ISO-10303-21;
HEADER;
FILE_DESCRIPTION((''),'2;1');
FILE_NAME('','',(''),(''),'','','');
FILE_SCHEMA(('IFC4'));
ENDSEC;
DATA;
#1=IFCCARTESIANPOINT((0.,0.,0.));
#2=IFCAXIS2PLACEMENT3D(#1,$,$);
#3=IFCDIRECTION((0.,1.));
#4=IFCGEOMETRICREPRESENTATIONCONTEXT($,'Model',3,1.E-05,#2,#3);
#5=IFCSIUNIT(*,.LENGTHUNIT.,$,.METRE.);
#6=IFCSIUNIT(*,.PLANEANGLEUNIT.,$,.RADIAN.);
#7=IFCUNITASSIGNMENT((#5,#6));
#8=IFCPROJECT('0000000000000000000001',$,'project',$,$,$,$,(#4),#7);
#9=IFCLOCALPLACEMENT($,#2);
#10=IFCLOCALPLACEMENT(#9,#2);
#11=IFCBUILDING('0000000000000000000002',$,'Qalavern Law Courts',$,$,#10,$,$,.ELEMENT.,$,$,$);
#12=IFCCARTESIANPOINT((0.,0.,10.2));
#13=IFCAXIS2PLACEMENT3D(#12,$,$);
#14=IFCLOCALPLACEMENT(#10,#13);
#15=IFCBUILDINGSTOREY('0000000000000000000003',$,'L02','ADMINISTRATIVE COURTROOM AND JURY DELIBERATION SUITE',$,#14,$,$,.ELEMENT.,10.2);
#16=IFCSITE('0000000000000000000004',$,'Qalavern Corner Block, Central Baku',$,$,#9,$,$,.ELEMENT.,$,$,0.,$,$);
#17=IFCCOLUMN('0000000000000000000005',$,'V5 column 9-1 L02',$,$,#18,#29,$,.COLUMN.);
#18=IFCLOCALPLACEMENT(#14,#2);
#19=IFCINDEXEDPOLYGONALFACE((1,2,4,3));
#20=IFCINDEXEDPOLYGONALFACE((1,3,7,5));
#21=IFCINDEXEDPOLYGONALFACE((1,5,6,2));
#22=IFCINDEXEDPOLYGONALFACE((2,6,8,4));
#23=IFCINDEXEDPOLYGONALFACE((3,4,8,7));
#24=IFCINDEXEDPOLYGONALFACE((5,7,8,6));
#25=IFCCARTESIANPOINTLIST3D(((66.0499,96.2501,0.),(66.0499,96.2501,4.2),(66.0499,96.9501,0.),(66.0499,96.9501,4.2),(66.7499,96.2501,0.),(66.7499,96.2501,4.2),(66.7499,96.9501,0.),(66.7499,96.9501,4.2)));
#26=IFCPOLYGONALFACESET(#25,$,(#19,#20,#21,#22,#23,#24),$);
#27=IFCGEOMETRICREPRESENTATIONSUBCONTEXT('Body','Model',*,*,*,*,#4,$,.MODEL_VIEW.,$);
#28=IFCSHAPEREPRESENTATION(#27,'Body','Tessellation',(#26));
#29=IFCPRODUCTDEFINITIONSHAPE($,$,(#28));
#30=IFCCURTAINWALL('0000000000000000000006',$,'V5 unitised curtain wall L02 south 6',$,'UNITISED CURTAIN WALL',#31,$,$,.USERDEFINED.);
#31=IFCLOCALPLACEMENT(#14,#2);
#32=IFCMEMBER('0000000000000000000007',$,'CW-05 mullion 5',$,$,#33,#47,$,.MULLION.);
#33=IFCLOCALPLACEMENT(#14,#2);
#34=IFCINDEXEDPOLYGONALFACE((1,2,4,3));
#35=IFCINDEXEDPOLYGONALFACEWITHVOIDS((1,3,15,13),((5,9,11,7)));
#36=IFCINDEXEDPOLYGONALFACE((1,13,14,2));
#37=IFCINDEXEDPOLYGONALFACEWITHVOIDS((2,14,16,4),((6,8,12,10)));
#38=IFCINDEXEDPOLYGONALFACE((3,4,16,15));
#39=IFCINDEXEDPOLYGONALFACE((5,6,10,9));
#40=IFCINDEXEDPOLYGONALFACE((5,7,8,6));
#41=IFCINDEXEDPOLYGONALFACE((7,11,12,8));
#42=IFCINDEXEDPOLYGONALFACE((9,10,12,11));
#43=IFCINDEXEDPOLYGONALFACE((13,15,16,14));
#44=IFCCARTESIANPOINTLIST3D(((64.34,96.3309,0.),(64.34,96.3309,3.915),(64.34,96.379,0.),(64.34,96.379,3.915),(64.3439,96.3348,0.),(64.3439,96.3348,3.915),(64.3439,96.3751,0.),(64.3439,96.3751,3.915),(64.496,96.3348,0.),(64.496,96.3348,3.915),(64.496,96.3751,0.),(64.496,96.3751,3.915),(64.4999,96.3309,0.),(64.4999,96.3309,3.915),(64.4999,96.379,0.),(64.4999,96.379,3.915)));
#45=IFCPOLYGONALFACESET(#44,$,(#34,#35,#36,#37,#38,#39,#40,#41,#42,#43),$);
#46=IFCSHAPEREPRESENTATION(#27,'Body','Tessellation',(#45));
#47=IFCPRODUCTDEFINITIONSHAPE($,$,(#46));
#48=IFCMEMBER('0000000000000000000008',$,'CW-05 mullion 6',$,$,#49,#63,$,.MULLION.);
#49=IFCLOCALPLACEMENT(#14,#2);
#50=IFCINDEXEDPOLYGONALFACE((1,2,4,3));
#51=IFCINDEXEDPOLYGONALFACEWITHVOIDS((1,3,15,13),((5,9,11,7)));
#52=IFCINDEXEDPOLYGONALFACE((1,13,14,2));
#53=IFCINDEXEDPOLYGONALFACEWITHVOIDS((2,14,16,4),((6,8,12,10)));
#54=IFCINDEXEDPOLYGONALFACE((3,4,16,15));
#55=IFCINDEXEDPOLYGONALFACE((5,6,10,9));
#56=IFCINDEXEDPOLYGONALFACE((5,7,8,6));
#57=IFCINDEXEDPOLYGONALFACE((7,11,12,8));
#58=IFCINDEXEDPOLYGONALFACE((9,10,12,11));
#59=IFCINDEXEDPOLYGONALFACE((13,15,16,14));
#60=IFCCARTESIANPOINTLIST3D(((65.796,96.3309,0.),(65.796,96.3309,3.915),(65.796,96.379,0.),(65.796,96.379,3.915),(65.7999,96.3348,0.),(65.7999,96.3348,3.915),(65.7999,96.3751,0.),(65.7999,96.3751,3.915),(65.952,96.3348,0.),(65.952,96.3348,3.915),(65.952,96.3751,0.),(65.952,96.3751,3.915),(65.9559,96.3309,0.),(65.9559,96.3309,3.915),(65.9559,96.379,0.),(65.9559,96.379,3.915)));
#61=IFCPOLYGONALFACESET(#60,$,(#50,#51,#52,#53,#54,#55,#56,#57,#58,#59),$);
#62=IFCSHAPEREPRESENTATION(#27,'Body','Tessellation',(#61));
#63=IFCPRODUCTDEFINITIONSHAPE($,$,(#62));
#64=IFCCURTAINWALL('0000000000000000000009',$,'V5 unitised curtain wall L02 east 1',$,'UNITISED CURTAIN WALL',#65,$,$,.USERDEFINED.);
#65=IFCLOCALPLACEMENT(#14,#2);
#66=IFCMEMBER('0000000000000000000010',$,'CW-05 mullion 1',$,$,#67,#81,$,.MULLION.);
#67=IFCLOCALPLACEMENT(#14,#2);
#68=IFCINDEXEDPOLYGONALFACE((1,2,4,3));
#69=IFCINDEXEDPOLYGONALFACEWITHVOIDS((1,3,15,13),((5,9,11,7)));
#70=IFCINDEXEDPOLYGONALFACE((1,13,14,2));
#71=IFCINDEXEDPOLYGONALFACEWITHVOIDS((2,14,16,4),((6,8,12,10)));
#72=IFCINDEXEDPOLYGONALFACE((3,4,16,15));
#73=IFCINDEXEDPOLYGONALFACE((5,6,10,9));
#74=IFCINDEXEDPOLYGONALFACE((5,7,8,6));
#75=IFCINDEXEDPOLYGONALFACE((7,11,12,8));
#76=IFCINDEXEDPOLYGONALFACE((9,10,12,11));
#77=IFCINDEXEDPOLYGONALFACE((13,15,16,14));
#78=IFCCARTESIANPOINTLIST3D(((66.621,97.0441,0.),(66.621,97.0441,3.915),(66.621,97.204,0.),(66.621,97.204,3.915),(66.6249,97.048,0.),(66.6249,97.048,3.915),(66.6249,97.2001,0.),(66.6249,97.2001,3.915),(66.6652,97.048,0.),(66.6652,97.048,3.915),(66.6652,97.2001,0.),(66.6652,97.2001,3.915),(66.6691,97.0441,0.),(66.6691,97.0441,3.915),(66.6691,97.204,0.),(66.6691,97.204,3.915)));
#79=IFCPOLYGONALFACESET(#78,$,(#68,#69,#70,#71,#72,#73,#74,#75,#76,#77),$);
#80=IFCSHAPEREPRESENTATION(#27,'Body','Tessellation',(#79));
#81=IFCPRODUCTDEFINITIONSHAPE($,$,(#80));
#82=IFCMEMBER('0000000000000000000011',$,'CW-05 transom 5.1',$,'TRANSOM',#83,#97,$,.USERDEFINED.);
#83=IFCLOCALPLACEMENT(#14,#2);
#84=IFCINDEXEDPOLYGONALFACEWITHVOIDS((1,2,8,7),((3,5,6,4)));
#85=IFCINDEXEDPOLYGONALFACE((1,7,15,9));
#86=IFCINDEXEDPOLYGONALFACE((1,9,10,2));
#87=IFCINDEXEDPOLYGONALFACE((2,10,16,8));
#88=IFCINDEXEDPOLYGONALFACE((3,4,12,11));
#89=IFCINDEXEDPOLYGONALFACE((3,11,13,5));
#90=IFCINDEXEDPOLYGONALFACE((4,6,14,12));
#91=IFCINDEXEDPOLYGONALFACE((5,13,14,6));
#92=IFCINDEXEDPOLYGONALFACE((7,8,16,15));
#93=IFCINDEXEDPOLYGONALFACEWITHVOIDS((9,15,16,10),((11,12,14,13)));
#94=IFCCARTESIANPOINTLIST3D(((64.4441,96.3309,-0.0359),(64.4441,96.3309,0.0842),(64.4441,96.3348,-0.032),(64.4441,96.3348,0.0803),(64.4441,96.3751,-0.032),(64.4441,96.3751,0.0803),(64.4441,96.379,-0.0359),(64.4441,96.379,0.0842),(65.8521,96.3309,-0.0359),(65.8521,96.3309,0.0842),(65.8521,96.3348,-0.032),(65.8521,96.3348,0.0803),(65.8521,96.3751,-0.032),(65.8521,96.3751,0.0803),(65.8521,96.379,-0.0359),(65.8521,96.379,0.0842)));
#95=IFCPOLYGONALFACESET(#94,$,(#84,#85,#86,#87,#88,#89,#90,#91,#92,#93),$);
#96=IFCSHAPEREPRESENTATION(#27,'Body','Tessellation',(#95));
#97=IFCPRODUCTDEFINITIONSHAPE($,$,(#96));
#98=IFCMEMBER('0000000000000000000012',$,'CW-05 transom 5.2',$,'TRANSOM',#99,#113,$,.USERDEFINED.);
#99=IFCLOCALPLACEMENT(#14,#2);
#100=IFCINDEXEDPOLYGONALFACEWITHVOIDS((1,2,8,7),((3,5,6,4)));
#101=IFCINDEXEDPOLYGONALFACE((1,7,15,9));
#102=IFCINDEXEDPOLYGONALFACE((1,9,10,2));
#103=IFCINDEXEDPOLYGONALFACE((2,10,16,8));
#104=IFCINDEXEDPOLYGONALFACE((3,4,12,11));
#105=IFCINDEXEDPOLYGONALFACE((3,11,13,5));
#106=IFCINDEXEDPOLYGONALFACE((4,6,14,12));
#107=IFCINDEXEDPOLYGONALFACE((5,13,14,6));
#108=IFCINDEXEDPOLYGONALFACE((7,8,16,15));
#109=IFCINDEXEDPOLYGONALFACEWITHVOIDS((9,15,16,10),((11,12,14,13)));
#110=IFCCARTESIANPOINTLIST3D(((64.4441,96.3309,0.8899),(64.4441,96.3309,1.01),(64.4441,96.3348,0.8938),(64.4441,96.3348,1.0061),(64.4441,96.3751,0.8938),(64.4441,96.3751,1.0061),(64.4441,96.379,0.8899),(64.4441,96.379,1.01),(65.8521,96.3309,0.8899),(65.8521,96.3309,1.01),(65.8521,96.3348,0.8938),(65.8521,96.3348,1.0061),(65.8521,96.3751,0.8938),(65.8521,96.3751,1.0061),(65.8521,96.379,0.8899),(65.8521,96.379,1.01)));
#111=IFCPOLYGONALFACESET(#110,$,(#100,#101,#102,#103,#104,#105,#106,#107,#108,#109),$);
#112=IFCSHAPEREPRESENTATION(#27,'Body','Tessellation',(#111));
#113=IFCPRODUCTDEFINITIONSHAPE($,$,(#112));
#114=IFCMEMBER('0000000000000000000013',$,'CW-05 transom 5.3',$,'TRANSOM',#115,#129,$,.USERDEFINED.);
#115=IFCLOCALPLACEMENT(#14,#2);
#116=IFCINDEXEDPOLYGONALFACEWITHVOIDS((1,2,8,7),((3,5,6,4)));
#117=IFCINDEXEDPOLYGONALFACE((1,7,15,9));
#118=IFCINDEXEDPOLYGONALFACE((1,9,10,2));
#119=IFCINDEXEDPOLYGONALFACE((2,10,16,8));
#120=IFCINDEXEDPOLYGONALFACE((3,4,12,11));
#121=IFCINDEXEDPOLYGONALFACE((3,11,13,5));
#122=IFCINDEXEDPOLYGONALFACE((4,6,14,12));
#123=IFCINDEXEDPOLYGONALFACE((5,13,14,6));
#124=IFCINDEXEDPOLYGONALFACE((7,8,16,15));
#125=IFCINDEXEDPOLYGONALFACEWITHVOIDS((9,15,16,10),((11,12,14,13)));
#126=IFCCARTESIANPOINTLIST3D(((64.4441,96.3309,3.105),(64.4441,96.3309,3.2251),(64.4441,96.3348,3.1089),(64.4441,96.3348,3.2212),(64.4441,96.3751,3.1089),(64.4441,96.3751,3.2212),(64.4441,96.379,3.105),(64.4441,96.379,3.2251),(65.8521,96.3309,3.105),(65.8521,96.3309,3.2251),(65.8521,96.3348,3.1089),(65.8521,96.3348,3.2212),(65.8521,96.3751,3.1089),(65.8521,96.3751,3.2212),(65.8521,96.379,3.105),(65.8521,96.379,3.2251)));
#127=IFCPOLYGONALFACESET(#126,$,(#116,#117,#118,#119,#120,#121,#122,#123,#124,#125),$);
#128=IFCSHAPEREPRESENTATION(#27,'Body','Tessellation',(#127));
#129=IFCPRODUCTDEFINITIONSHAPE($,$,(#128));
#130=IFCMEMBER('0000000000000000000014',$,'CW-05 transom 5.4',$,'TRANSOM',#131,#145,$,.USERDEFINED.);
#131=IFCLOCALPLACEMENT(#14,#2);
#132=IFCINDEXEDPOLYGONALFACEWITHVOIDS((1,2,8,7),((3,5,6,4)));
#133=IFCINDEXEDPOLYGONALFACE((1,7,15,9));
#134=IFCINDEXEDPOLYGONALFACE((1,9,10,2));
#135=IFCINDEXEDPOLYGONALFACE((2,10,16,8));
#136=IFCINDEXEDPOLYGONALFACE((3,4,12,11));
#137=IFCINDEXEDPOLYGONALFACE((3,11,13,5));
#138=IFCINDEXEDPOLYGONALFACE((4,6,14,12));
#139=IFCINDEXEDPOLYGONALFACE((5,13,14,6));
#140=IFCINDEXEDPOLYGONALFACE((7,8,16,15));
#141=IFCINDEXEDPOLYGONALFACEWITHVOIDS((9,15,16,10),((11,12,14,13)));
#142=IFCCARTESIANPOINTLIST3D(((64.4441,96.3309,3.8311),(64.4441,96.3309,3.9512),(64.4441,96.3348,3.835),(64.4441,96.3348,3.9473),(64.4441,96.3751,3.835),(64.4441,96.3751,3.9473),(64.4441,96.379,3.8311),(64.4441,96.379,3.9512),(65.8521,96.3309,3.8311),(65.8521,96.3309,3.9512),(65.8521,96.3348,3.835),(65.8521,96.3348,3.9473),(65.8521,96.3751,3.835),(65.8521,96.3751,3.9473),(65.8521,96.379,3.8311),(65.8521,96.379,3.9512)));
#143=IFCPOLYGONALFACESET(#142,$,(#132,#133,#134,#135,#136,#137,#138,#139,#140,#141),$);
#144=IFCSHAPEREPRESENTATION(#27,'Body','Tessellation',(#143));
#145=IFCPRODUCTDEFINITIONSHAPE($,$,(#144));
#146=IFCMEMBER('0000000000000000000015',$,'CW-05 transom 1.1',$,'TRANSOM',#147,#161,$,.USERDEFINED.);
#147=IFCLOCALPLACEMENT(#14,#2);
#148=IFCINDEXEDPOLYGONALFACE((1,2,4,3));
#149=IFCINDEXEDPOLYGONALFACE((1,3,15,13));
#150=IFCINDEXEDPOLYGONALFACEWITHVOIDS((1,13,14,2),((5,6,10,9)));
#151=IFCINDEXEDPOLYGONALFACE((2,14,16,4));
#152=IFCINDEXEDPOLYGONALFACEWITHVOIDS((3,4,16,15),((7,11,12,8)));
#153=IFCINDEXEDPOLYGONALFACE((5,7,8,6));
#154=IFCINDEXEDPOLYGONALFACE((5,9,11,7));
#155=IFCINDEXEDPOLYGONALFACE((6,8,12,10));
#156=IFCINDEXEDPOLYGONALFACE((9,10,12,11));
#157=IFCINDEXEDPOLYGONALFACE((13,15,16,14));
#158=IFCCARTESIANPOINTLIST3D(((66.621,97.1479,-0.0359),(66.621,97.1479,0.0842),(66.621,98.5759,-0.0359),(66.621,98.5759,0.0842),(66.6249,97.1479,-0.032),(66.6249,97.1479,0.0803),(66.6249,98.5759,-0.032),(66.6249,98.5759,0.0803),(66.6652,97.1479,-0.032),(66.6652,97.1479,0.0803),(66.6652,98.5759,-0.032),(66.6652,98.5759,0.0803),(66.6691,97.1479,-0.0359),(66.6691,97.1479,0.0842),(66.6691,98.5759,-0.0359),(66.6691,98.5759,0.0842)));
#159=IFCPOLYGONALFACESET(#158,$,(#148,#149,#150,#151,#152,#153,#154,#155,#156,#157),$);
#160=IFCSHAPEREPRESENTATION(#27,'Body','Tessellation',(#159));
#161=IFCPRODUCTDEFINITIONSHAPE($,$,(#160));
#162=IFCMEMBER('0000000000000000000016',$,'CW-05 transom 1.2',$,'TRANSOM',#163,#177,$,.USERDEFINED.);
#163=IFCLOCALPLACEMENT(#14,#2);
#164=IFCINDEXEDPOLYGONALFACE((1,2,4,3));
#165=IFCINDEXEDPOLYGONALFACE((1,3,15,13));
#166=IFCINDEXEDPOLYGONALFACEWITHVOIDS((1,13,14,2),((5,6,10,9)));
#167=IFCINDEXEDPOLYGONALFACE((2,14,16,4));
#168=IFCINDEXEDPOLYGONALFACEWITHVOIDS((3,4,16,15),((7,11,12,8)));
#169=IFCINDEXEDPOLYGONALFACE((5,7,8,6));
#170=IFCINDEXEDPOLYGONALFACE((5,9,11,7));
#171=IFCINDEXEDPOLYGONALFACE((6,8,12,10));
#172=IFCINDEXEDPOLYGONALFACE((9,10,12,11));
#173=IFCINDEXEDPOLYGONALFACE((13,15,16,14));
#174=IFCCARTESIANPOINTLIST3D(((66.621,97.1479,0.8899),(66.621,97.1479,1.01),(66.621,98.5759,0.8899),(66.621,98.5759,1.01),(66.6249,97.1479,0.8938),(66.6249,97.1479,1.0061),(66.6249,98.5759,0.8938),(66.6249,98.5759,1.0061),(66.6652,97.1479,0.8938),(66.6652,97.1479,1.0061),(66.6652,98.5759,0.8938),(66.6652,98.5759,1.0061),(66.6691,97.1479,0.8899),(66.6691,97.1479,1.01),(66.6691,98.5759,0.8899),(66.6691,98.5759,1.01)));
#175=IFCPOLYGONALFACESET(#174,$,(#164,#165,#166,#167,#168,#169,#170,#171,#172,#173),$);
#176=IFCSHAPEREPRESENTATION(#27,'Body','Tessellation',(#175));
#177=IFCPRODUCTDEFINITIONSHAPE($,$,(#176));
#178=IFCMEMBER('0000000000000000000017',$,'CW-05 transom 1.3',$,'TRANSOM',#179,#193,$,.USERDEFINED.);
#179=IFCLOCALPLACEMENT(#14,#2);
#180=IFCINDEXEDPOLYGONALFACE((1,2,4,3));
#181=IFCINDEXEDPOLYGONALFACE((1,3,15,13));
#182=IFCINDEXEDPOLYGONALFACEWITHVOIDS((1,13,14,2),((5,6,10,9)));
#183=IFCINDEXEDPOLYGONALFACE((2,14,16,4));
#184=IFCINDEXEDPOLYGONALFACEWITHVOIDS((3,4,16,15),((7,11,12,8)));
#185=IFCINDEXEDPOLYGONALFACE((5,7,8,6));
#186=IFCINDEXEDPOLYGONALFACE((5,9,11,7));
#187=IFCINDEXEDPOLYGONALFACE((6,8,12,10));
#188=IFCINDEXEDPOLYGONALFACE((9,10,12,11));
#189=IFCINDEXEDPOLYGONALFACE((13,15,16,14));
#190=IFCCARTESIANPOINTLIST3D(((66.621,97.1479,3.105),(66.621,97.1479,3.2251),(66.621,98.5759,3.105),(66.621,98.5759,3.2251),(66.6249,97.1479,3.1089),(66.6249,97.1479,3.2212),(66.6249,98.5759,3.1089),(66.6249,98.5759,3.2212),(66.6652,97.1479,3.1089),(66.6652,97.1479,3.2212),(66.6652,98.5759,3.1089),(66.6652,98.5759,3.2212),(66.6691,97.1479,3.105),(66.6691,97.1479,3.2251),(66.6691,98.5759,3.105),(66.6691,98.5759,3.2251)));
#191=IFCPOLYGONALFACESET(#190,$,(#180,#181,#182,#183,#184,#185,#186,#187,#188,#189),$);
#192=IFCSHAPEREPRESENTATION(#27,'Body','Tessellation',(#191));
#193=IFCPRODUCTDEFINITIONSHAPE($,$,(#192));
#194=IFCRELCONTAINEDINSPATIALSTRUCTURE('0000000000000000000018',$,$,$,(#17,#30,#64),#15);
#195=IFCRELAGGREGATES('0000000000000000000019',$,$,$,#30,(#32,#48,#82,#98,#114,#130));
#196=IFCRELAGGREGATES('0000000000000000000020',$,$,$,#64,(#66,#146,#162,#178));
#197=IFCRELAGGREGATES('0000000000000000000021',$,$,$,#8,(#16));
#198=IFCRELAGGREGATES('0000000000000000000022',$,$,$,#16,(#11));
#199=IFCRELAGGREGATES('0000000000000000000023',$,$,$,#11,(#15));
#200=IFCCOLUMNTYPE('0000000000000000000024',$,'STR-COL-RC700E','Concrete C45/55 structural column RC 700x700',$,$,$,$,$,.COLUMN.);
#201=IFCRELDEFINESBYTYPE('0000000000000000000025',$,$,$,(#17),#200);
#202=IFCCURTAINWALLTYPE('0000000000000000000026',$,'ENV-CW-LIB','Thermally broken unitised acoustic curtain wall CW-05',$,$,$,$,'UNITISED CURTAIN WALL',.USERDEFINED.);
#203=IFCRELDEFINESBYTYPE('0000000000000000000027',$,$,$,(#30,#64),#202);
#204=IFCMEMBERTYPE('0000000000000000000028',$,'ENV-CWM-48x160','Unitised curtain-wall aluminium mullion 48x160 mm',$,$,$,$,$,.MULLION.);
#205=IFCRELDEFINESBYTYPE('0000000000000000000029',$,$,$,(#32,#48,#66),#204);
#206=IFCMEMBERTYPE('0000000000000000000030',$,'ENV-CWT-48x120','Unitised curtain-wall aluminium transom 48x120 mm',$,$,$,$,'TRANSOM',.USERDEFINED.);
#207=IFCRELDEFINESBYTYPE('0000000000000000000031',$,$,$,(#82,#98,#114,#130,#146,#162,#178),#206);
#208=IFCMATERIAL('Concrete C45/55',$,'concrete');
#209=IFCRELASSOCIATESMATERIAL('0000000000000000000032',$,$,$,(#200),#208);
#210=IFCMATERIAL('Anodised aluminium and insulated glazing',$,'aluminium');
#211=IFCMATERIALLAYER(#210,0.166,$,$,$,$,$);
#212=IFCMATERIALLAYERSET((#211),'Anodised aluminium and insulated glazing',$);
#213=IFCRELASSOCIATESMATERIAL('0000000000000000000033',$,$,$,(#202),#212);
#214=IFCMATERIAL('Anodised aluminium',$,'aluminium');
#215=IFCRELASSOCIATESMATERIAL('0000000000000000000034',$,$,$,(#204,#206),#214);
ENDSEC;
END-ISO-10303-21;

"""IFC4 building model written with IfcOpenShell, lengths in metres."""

from ifc_helpers import new_model, si_unit, direction, frame, origin, origin_2d, place, context, subcontext, project, spatial, rectangle, hollow_rectangle, extrude, material, layer, layer_set, material_profile, profile_set, type_object, element, aggregate, save


model = new_model("IFC4")

# Units and contexts
model_context = context("Model", 3, precision=1e-05, world=origin(), true_north=direction((0.0, 1.0)))
body_context = subcontext(model_context, "Body", "Model", "MODEL_VIEW")
ifc_project = project(units=[si_unit("LENGTHUNIT", "METRE"), si_unit("PLANEANGLEUNIT", "RADIAN")], contexts=[model_context])

# Site, building, storey
site_placement = place(None, origin())
site = spatial("IfcSite", under=ifc_project, at=site_placement, Name="Qalavern Corner Block, Central Baku", CompositionType="ELEMENT", RefElevation=0.0)
building_placement = place(site_placement, origin())
building = spatial("IfcBuilding", under=site, at=building_placement, Name="Qalavern Law Courts", CompositionType="ELEMENT")
storey_placement = place(building_placement, frame((0.0, 0.0, 10.2)))
storey = spatial("IfcBuildingStorey", under=building, at=storey_placement, Name="L02", Description="ADMINISTRATIVE COURTROOM AND JURY DELIBERATION SUITE", CompositionType="ELEMENT", Elevation=10.2)

# Column
ifc_material_1 = material(Name="Concrete C45/55", Category="concrete")
ifc_material_profile_1 = material_profile(ifc_material_1, rectangle(XDim=0.7, YDim=0.7, at=origin_2d()), Name="RC 700x700")
ifc_profile_set_1 = profile_set([ifc_material_profile_1], Name="Concrete C45/55")
column_type = type_object("IfcColumnType", Name="STR-COL-RC700E", Description="Concrete C45/55 structural column RC 700x700", PredefinedType="COLUMN", material=ifc_profile_set_1)
column_placement = place(storey_placement, frame((66.3999, 96.6001, 0.0), z_axis=(0.0, 0.0, 1.0), x_axis=(1.0, 0.0, 0.0)))
element("IfcColumn", 1, at=column_placement, inside=storey, type_object=column_type, Name="V5 column 9-1 L02", PredefinedType="COLUMN", context=body_context, shape_type="SweptSolid", body=[
    extrude(rectangle(XDim=0.7, YDim=0.7, at=origin_2d()), origin(), (0.0, 0.0, 1.0), 4.2),
])

# Curtain wall, members
ifc_material_2 = material(Name="Anodised aluminium and insulated glazing", Category="aluminium")
ifc_layer_1 = layer(ifc_material_2, 0.166)
ifc_layer_set_1 = layer_set([ifc_layer_1], Name="Anodised aluminium and insulated glazing")
curtain_wall_type = type_object("IfcCurtainWallType", Name="ENV-CW-LIB", Description="Thermally broken unitised acoustic curtain wall CW-05", ElementType="UNITISED CURTAIN WALL", PredefinedType="USERDEFINED", material=ifc_layer_set_1)
curtain_wall_1_placement = place(storey_placement, origin())
curtain_wall_1 = element("IfcCurtainWall", 2, at=curtain_wall_1_placement, inside=storey, type_object=curtain_wall_type, Name="V5 unitised curtain wall L02 south 6", ObjectType="UNITISED CURTAIN WALL", PredefinedType="USERDEFINED")
ifc_material_3 = material(Name="Anodised aluminium", Category="aluminium")
ifc_material_profile_2 = material_profile(ifc_material_3, hollow_rectangle(XDim=0.0481, YDim=0.1599, WallThickness=0.0039, at=origin_2d()), Name="ALU MULLION 48x160")
ifc_profile_set_2 = profile_set([ifc_material_profile_2], Name="Anodised aluminium")
member_type_1 = type_object("IfcMemberType", Name="ENV-CWM-48x160", Description="Unitised curtain-wall aluminium mullion 48x160 mm", PredefinedType="MULLION", material=ifc_profile_set_2)
member_1_placement = place(storey_placement, frame((64.4199, 96.355, 0.0), z_axis=(0.0, 0.0, 1.0), x_axis=(0.0, 1.0, 0.0)))
member_1 = element("IfcMember", 3, at=member_1_placement, type_object=member_type_1, Name="CW-05 mullion 5", PredefinedType="MULLION", context=body_context, shape_type="SweptSolid", body=[
    extrude(hollow_rectangle(XDim=0.0481, YDim=0.1599, WallThickness=0.0039, at=origin_2d()), origin(), (0.0, 0.0, 1.0), 3.915),
])
member_2_placement = place(storey_placement, frame((65.876, 96.355, 0.0), z_axis=(0.0, 0.0, 1.0), x_axis=(0.0, 1.0, 0.0)))
member_2 = element("IfcMember", 4, at=member_2_placement, type_object=member_type_1, Name="CW-05 mullion 6", PredefinedType="MULLION", context=body_context, shape_type="SweptSolid", body=[
    extrude(hollow_rectangle(XDim=0.0481, YDim=0.1599, WallThickness=0.0039, at=origin_2d()), origin(), (0.0, 0.0, 1.0), 3.915),
])

# Curtain wall, member
curtain_wall_2_placement = place(storey_placement, origin())
curtain_wall_2 = element("IfcCurtainWall", 5, at=curtain_wall_2_placement, inside=storey, type_object=curtain_wall_type, Name="V5 unitised curtain wall L02 east 1", ObjectType="UNITISED CURTAIN WALL", PredefinedType="USERDEFINED")
member_3_placement = place(storey_placement, frame((66.645, 97.124, 0.0), z_axis=(0.0, 0.0, 1.0), x_axis=(-1.0, 0.0, 0.0)))
member_3 = element("IfcMember", 6, at=member_3_placement, type_object=member_type_1, Name="CW-05 mullion 1", PredefinedType="MULLION", context=body_context, shape_type="SweptSolid", body=[
    extrude(hollow_rectangle(XDim=0.0481, YDim=0.1599, WallThickness=0.0039, at=origin_2d()), origin(), (0.0, 0.0, 1.0), 3.915),
])

# Members
ifc_material_profile_3 = material_profile(ifc_material_3, hollow_rectangle(XDim=0.0481, YDim=0.1201, WallThickness=0.0039, at=origin_2d()), Name="ALU TRANSOM 48x120")
ifc_profile_set_3 = profile_set([ifc_material_profile_3], Name="Anodised aluminium")
member_type_2 = type_object("IfcMemberType", Name="ENV-CWT-48x120", Description="Unitised curtain-wall aluminium transom 48x120 mm", ElementType="TRANSOM", PredefinedType="USERDEFINED", material=ifc_profile_set_3)
member_4_placement = place(storey_placement, frame((64.4441, 96.355, 0.0242), z_axis=(1.0, 0.0, 0.0), x_axis=(0.0, 1.0, 0.0)))
member_4 = element("IfcMember", 7, at=member_4_placement, type_object=member_type_2, Name="CW-05 transom 5.1", ObjectType="TRANSOM", PredefinedType="USERDEFINED", context=body_context, shape_type="SweptSolid", body=[
    extrude(hollow_rectangle(XDim=0.0481, YDim=0.1201, WallThickness=0.0039, at=origin_2d()), origin(), (0.0, 0.0, 1.0), 1.408),
])
member_5_placement = place(storey_placement, frame((64.4441, 96.355, 0.95), z_axis=(1.0, 0.0, 0.0), x_axis=(0.0, 1.0, 0.0)))
member_5 = element("IfcMember", 8, at=member_5_placement, type_object=member_type_2, Name="CW-05 transom 5.2", ObjectType="TRANSOM", PredefinedType="USERDEFINED", context=body_context, shape_type="SweptSolid", body=[
    extrude(hollow_rectangle(XDim=0.0481, YDim=0.1201, WallThickness=0.0039, at=origin_2d()), origin(), (0.0, 0.0, 1.0), 1.408),
])
member_6_placement = place(storey_placement, frame((64.4441, 96.355, 3.165), z_axis=(1.0, 0.0, 0.0), x_axis=(0.0, 1.0, 0.0)))
member_6 = element("IfcMember", 9, at=member_6_placement, type_object=member_type_2, Name="CW-05 transom 5.3", ObjectType="TRANSOM", PredefinedType="USERDEFINED", context=body_context, shape_type="SweptSolid", body=[
    extrude(hollow_rectangle(XDim=0.0481, YDim=0.1201, WallThickness=0.0039, at=origin_2d()), origin(), (0.0, 0.0, 1.0), 1.408),
])
member_7_placement = place(storey_placement, frame((64.4441, 96.355, 3.8911), z_axis=(1.0, 0.0, 0.0), x_axis=(0.0, 1.0, 0.0)))
member_7 = element("IfcMember", 10, at=member_7_placement, type_object=member_type_2, Name="CW-05 transom 5.4", ObjectType="TRANSOM", PredefinedType="USERDEFINED", context=body_context, shape_type="SweptSolid", body=[
    extrude(hollow_rectangle(XDim=0.0481, YDim=0.1201, WallThickness=0.0039, at=origin_2d()), origin(), (0.0, 0.0, 1.0), 1.408),
])
member_8_placement = place(storey_placement, frame((66.645, 97.1479, 0.0242), z_axis=(0.0, 1.0, 0.0), x_axis=(-1.0, 0.0, 0.0)))
member_8 = element("IfcMember", 11, at=member_8_placement, type_object=member_type_2, Name="CW-05 transom 1.1", ObjectType="TRANSOM", PredefinedType="USERDEFINED", context=body_context, shape_type="SweptSolid", body=[
    extrude(hollow_rectangle(XDim=0.0481, YDim=0.1201, WallThickness=0.0039, at=origin_2d()), origin(), (0.0, 0.0, 1.0), 1.428),
])
member_9_placement = place(storey_placement, frame((66.645, 97.1479, 0.95), z_axis=(0.0, 1.0, 0.0), x_axis=(-1.0, 0.0, 0.0)))
member_9 = element("IfcMember", 12, at=member_9_placement, type_object=member_type_2, Name="CW-05 transom 1.2", ObjectType="TRANSOM", PredefinedType="USERDEFINED", context=body_context, shape_type="SweptSolid", body=[
    extrude(hollow_rectangle(XDim=0.0481, YDim=0.1201, WallThickness=0.0039, at=origin_2d()), origin(), (0.0, 0.0, 1.0), 1.428),
])
member_10_placement = place(storey_placement, frame((66.645, 97.1479, 3.165), z_axis=(0.0, 1.0, 0.0), x_axis=(-1.0, 0.0, 0.0)))
member_10 = element("IfcMember", 13, at=member_10_placement, type_object=member_type_2, Name="CW-05 transom 1.3", ObjectType="TRANSOM", PredefinedType="USERDEFINED", context=body_context, shape_type="SweptSolid", body=[
    extrude(hollow_rectangle(XDim=0.0481, YDim=0.1201, WallThickness=0.0039, at=origin_2d()), origin(), (0.0, 0.0, 1.0), 1.428),
])

aggregate(curtain_wall_1, [member_1, member_2, member_4, member_5, member_6, member_7])
aggregate(curtain_wall_2, [member_3, member_8, member_9, member_10])

save(model, "model.ifc")
